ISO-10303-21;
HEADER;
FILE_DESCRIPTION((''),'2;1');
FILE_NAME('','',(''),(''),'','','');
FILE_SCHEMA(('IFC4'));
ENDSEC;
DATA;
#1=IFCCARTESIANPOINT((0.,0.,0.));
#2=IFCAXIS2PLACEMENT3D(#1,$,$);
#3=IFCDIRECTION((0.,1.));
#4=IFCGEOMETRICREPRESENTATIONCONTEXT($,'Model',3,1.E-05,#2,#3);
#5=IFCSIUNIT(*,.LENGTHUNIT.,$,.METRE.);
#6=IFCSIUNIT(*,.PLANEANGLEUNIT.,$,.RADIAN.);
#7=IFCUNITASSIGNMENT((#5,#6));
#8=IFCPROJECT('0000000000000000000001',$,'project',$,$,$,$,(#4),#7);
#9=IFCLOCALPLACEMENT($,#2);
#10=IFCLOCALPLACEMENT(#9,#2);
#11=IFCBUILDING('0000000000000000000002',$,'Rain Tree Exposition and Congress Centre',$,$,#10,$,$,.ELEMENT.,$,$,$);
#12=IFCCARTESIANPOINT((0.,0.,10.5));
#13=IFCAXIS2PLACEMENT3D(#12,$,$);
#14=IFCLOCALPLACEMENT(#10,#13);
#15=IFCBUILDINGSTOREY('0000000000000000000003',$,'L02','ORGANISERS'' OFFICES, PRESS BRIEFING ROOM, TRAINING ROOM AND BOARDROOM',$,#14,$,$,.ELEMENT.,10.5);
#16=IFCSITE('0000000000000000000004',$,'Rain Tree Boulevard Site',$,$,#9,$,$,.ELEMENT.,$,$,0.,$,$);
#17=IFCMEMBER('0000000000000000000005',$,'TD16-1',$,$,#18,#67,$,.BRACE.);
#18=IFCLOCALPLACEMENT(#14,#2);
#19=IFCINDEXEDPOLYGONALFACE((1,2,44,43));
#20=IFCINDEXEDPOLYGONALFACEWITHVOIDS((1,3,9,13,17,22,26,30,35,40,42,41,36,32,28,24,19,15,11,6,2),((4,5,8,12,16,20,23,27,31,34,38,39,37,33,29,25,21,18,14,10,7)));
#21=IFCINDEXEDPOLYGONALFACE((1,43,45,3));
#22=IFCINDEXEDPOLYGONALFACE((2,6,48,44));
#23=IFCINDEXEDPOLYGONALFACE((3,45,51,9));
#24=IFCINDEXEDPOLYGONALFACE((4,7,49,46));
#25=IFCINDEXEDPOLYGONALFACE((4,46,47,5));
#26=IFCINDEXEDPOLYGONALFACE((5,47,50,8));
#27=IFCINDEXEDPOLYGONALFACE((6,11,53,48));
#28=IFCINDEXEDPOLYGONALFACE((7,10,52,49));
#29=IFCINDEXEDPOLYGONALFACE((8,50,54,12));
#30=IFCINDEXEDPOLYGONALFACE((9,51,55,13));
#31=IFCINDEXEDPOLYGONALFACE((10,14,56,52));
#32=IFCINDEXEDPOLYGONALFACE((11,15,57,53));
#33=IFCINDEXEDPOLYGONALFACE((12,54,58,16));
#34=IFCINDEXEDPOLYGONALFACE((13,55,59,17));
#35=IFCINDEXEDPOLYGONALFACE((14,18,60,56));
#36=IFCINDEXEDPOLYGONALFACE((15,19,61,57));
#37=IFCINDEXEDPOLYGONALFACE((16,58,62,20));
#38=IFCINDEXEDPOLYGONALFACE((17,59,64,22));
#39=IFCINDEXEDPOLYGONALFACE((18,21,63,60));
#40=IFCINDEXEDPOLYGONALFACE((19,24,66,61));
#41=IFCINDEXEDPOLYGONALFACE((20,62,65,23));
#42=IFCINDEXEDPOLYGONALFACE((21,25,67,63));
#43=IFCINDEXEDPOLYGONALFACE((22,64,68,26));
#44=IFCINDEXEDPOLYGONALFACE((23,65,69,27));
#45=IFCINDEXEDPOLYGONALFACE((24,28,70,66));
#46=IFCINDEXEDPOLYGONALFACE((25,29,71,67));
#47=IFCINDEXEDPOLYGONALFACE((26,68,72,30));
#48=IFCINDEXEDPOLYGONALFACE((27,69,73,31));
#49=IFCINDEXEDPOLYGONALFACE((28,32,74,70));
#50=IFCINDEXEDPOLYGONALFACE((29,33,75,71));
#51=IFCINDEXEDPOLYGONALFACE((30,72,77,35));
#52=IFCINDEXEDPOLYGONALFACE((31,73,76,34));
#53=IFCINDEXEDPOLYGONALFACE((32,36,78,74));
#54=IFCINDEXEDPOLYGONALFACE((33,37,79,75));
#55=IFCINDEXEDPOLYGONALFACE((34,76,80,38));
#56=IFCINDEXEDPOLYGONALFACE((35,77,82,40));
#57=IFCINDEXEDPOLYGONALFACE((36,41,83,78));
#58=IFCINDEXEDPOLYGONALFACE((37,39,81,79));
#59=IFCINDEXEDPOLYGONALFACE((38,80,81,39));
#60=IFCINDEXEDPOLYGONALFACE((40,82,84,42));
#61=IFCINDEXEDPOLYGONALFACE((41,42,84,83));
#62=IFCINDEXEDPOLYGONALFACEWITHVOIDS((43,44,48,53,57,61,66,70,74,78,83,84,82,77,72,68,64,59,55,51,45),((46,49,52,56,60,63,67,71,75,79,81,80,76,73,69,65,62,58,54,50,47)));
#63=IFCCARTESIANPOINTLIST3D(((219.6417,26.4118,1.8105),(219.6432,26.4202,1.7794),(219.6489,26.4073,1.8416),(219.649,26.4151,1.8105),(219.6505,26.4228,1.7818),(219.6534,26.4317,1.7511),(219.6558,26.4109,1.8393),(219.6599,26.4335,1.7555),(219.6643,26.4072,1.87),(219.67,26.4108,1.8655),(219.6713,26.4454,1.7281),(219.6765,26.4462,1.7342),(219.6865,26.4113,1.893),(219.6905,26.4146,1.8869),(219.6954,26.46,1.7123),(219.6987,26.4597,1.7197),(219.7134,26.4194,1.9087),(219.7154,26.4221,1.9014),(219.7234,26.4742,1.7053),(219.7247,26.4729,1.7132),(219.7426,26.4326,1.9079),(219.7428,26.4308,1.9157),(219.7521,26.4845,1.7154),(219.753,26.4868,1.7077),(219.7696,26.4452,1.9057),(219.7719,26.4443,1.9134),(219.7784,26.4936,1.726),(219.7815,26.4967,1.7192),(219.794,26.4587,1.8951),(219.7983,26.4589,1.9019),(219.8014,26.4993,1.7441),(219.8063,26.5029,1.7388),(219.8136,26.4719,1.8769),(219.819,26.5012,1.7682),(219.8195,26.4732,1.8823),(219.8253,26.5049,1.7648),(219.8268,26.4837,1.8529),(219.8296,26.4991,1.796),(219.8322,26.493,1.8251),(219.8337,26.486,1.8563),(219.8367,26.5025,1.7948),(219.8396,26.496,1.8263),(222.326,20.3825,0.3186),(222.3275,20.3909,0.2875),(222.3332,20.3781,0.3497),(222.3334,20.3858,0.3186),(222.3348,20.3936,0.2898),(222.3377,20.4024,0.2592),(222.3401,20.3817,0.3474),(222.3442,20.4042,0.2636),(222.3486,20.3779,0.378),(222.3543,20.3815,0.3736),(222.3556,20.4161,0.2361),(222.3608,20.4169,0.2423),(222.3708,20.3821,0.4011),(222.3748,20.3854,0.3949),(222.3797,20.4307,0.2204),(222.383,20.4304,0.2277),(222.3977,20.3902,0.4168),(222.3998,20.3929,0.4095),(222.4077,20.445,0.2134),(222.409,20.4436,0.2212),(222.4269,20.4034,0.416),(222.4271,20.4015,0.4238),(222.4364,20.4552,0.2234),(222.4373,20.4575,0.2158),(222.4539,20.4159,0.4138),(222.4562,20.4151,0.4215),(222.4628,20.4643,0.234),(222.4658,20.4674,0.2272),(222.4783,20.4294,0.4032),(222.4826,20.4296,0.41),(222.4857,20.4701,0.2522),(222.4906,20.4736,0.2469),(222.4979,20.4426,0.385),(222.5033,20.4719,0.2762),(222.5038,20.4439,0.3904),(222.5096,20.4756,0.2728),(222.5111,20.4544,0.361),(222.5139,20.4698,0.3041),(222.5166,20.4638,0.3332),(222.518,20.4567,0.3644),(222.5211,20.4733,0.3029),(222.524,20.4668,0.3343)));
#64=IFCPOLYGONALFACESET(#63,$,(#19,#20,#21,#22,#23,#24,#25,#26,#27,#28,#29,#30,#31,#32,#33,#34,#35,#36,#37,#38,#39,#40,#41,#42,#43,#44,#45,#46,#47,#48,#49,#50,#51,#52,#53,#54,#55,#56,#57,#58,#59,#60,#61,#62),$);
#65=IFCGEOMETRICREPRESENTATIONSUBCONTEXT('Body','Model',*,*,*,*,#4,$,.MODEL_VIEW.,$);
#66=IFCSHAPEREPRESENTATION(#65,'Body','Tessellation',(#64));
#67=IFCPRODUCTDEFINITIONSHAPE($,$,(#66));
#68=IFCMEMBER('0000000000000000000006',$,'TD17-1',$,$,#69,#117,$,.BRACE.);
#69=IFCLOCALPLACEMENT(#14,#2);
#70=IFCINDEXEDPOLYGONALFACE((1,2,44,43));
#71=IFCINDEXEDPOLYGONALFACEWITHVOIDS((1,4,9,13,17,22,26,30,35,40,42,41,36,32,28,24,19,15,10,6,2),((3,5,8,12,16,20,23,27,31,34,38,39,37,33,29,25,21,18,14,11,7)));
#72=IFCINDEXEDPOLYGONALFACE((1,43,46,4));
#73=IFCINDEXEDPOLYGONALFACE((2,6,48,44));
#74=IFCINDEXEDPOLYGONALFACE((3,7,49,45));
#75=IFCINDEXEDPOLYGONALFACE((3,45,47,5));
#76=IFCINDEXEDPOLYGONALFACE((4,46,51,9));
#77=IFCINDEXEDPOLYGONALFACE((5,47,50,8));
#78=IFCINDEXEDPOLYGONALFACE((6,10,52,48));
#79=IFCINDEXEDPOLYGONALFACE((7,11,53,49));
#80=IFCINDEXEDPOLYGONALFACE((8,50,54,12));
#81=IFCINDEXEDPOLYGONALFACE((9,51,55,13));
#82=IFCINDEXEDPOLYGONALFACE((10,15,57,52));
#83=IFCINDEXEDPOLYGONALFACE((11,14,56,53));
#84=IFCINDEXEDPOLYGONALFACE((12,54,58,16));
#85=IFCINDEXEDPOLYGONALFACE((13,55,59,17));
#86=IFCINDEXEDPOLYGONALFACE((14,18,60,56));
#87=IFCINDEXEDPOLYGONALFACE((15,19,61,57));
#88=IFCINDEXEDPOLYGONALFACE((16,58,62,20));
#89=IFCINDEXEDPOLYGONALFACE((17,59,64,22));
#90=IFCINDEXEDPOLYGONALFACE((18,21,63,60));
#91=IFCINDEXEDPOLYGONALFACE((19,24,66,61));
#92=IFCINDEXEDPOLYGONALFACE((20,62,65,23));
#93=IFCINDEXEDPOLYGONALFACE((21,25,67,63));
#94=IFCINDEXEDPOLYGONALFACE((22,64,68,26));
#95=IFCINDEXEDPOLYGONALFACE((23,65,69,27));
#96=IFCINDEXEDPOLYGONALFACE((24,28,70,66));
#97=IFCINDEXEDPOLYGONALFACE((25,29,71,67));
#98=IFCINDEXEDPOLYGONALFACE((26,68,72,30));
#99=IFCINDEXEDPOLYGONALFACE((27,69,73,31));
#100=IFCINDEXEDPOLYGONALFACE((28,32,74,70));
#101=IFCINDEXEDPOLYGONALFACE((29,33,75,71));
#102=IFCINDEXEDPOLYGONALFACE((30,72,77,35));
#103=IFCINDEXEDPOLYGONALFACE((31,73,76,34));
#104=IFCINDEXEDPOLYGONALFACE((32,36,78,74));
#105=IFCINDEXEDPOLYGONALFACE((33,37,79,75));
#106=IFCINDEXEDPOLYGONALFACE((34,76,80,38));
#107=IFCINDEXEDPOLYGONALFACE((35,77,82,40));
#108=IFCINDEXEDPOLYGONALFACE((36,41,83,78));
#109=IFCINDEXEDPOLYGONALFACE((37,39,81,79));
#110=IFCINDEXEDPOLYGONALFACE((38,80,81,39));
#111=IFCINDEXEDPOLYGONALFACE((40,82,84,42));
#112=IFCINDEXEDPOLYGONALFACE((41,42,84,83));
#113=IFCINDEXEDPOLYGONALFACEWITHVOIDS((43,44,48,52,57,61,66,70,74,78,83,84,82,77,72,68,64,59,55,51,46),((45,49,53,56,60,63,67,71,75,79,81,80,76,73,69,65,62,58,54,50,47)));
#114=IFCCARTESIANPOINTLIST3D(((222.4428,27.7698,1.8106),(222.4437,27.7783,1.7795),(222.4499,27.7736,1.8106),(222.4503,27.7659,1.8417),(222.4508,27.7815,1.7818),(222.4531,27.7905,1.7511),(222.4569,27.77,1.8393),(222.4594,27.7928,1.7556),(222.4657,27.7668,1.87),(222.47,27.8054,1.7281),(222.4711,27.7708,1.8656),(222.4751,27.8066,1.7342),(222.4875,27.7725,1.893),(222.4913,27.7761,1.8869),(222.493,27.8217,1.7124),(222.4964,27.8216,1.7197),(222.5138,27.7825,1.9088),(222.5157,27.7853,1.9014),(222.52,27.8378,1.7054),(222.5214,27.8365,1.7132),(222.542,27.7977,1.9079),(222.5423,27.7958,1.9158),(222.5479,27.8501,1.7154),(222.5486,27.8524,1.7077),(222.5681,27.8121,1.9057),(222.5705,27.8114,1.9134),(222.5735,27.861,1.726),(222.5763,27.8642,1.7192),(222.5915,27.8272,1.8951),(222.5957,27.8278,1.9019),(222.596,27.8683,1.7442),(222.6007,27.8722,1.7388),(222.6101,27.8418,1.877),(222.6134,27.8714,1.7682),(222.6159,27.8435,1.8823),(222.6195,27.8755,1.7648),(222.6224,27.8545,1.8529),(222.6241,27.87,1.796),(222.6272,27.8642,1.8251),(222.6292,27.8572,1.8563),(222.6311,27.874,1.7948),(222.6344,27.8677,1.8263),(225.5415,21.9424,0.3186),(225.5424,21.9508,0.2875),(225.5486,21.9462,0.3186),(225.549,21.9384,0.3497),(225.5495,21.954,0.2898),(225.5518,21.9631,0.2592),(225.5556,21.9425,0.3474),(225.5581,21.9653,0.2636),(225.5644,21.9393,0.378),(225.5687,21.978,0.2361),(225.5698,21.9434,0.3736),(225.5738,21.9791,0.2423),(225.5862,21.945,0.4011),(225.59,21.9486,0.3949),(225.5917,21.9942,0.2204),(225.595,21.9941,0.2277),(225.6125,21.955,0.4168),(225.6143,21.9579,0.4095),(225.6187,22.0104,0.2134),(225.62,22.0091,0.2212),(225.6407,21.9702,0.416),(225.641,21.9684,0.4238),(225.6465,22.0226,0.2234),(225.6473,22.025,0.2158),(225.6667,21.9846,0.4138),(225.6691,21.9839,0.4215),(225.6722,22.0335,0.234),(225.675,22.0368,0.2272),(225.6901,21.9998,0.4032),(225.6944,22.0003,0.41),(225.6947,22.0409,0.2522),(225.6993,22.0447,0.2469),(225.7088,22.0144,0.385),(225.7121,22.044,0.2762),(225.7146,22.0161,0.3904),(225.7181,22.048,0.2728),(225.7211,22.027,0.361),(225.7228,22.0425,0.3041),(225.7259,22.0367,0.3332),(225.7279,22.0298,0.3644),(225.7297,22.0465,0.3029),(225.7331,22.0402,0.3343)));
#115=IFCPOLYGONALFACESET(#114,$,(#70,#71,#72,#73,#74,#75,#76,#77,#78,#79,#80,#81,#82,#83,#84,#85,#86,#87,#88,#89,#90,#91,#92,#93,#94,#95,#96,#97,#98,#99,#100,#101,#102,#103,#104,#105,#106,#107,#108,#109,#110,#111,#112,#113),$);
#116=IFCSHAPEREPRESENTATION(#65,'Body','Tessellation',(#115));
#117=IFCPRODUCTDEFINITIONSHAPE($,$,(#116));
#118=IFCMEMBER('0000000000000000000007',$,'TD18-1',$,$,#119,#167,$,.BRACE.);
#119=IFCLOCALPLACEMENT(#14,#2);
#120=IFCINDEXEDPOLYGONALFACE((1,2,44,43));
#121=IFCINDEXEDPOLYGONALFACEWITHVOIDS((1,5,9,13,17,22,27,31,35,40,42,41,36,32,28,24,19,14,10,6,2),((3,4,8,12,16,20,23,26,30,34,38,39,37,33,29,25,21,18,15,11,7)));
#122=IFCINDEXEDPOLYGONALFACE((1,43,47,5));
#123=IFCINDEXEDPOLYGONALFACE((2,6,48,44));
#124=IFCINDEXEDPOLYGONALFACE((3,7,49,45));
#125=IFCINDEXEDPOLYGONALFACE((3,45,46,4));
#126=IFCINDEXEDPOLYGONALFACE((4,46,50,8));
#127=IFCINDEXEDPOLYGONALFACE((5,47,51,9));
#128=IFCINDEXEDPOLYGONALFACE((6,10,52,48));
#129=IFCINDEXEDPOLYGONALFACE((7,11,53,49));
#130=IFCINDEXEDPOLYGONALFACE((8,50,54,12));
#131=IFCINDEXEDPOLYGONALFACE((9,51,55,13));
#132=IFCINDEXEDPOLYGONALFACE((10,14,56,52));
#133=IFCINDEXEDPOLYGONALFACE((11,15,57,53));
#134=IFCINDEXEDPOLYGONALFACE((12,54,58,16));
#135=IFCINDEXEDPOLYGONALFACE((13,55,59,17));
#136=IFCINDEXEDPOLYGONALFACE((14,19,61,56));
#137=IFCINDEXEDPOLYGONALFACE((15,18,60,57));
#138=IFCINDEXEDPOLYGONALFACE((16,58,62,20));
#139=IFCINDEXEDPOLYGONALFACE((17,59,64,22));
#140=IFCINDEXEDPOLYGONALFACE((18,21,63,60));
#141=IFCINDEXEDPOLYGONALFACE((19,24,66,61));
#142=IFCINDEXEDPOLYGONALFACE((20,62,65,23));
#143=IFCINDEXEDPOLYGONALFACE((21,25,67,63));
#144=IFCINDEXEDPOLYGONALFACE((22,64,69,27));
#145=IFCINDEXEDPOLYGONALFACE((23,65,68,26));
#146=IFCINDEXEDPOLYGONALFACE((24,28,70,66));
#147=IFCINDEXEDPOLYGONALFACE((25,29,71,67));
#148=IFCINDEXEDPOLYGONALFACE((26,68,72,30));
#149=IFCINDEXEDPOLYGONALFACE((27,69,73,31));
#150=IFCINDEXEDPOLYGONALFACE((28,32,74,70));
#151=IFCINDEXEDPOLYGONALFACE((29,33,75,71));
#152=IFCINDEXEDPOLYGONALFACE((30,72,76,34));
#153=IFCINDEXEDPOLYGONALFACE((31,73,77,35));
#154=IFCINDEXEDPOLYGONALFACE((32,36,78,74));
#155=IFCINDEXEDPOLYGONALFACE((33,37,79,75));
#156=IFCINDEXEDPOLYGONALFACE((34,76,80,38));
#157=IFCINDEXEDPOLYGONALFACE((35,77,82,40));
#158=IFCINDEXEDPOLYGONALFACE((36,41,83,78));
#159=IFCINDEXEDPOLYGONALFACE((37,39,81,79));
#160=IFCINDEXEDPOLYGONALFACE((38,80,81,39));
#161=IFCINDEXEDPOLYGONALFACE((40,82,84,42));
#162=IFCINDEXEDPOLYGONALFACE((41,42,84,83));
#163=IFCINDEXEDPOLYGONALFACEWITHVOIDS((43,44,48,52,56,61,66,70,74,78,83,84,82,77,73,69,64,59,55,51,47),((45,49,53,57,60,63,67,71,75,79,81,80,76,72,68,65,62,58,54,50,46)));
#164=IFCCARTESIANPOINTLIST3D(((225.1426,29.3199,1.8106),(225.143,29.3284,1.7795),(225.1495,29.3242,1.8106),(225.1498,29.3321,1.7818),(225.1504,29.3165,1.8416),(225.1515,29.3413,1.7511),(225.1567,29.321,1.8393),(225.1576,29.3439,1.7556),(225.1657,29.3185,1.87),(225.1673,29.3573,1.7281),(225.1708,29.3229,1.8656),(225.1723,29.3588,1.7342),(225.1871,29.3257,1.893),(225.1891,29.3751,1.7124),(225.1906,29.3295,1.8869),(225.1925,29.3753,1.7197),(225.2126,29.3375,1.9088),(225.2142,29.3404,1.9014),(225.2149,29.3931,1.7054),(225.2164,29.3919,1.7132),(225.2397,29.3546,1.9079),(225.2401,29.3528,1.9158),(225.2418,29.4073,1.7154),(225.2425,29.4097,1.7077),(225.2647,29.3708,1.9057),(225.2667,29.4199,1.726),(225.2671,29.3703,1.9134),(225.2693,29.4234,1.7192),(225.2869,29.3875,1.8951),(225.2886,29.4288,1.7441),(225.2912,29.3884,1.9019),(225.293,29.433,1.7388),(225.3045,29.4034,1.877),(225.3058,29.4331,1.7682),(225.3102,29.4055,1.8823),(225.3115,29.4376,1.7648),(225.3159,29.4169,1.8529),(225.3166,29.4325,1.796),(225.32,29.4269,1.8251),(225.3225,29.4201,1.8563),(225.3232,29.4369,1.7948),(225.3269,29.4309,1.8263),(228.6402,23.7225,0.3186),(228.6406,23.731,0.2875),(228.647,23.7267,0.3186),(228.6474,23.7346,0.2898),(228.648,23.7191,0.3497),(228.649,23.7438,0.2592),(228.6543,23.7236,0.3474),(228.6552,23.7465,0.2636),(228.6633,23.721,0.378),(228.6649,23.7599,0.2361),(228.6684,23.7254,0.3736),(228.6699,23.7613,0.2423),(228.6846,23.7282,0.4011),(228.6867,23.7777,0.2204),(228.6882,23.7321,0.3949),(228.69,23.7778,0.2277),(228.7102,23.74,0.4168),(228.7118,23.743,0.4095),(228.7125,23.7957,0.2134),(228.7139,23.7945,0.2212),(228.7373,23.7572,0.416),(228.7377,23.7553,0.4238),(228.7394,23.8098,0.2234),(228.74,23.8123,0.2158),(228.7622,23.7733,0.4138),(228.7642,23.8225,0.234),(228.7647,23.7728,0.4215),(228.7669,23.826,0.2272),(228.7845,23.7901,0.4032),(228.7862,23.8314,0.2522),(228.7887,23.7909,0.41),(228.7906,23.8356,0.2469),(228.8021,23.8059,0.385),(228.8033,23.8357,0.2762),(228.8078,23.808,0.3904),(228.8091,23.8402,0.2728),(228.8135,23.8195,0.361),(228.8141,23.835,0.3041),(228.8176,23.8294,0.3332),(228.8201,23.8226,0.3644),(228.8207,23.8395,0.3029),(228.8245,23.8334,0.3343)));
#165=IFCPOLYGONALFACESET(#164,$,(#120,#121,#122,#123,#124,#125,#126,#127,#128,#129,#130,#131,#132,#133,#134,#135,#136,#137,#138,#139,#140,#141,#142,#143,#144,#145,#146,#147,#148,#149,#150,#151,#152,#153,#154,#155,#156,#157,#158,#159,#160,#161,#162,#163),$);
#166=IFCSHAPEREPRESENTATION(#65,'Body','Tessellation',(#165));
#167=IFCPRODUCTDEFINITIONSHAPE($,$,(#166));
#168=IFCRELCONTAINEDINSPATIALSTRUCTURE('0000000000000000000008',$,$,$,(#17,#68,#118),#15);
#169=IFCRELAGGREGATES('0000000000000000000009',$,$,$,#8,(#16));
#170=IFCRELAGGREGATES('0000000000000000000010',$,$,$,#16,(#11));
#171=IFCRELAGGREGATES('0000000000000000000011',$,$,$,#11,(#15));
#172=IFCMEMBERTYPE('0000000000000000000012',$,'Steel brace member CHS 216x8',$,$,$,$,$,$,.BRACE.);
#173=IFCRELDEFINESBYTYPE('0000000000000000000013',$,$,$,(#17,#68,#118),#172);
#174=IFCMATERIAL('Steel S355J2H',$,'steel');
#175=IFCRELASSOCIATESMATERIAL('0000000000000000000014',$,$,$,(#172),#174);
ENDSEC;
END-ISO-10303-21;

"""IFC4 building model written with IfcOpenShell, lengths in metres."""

from ifc_helpers import new_model, si_unit, direction, frame, origin, origin_2d, place, context, subcontext, project, spatial, hollow_circle, extrude, material, material_profile, profile_set, type_object, element, save


model = new_model("IFC4")

# Units and contexts
model_context = context("Model", 3, precision=1e-05, world=origin(), true_north=direction((0.0, 1.0)))
body_context = subcontext(model_context, "Body", "Model", "MODEL_VIEW")
ifc_project = project(units=[si_unit("LENGTHUNIT", "METRE"), si_unit("PLANEANGLEUNIT", "RADIAN")], contexts=[model_context])

# Site, building, storey
site_placement = place(None, origin())
site = spatial("IfcSite", under=ifc_project, at=site_placement, Name="Rain Tree Boulevard Site", CompositionType="ELEMENT", RefElevation=0.0)
building_placement = place(site_placement, origin())
building = spatial("IfcBuilding", under=site, at=building_placement, Name="Rain Tree Exposition and Congress Centre", CompositionType="ELEMENT")
storey_placement = place(building_placement, frame((0.0, 0.0, 10.5)))
storey = spatial("IfcBuildingStorey", under=building, at=storey_placement, Name="L02", Description="ORGANISERS' OFFICES, PRESS BRIEFING ROOM, TRAINING ROOM AND BOARDROOM", CompositionType="ELEMENT", Elevation=10.5)

# Members
ifc_material_1 = material(Name="Steel S355J2H", Category="steel")
ifc_material_profile_1 = material_profile(ifc_material_1, hollow_circle(Radius=0.1082, WallThickness=0.0081, at=origin_2d()), Name="CHS 216x8")
ifc_profile_set_1 = profile_set([ifc_material_profile_1], Name="Steel S355J2H")
member_type_1 = type_object("IfcMemberType", Name="Steel brace member CHS 216x8", PredefinedType="BRACE", material=ifc_profile_set_1)
member_1_placement = place(storey_placement, frame((222.4248, 20.4265, 0.3186), z_axis=(-0.396715, 0.891067, 0.220494), x_axis=(-0.913551, -0.406725, 0.0)))
element("IfcMember", 1, at=member_1_placement, inside=storey, type_object=member_type_1, Name="TD16-1", PredefinedType="BRACE", context=body_context, shape_type="SweptSolid", body=[
    extrude(hollow_circle(Radius=0.1082, WallThickness=0.0081, at=origin_2d()), origin(), (0.0, 0.0, 1.0), 6.7664),
])
member_2_placement = place(storey_placement, frame((225.637, 21.9932, 0.3186), z_axis=(-0.457935, 0.861208, 0.220489), x_axis=(-0.882938, -0.46949, 0.0)))
element("IfcMember", 2, at=member_2_placement, inside=storey, type_object=member_type_1, Name="TD17-1", PredefinedType="BRACE", context=body_context, shape_type="SweptSolid", body=[
    extrude(hollow_circle(Radius=0.1082, WallThickness=0.0081, at=origin_2d()), origin(), (0.0, 0.0, 1.0), 6.7666),
])
member_3_placement = place(storey_placement, frame((228.7319, 23.7798, 0.3186), z_axis=(-0.516869, 0.827185, 0.220479), x_axis=(-0.848054, -0.529909, 0.0)))
element("IfcMember", 3, at=member_3_placement, inside=storey, type_object=member_type_1, Name="TD18-1", PredefinedType="BRACE", context=body_context, shape_type="SweptSolid", body=[
    extrude(hollow_circle(Radius=0.1082, WallThickness=0.0081, at=origin_2d()), origin(), (0.0, 0.0, 1.0), 6.7668),
])

save(model, "model.ifc")
